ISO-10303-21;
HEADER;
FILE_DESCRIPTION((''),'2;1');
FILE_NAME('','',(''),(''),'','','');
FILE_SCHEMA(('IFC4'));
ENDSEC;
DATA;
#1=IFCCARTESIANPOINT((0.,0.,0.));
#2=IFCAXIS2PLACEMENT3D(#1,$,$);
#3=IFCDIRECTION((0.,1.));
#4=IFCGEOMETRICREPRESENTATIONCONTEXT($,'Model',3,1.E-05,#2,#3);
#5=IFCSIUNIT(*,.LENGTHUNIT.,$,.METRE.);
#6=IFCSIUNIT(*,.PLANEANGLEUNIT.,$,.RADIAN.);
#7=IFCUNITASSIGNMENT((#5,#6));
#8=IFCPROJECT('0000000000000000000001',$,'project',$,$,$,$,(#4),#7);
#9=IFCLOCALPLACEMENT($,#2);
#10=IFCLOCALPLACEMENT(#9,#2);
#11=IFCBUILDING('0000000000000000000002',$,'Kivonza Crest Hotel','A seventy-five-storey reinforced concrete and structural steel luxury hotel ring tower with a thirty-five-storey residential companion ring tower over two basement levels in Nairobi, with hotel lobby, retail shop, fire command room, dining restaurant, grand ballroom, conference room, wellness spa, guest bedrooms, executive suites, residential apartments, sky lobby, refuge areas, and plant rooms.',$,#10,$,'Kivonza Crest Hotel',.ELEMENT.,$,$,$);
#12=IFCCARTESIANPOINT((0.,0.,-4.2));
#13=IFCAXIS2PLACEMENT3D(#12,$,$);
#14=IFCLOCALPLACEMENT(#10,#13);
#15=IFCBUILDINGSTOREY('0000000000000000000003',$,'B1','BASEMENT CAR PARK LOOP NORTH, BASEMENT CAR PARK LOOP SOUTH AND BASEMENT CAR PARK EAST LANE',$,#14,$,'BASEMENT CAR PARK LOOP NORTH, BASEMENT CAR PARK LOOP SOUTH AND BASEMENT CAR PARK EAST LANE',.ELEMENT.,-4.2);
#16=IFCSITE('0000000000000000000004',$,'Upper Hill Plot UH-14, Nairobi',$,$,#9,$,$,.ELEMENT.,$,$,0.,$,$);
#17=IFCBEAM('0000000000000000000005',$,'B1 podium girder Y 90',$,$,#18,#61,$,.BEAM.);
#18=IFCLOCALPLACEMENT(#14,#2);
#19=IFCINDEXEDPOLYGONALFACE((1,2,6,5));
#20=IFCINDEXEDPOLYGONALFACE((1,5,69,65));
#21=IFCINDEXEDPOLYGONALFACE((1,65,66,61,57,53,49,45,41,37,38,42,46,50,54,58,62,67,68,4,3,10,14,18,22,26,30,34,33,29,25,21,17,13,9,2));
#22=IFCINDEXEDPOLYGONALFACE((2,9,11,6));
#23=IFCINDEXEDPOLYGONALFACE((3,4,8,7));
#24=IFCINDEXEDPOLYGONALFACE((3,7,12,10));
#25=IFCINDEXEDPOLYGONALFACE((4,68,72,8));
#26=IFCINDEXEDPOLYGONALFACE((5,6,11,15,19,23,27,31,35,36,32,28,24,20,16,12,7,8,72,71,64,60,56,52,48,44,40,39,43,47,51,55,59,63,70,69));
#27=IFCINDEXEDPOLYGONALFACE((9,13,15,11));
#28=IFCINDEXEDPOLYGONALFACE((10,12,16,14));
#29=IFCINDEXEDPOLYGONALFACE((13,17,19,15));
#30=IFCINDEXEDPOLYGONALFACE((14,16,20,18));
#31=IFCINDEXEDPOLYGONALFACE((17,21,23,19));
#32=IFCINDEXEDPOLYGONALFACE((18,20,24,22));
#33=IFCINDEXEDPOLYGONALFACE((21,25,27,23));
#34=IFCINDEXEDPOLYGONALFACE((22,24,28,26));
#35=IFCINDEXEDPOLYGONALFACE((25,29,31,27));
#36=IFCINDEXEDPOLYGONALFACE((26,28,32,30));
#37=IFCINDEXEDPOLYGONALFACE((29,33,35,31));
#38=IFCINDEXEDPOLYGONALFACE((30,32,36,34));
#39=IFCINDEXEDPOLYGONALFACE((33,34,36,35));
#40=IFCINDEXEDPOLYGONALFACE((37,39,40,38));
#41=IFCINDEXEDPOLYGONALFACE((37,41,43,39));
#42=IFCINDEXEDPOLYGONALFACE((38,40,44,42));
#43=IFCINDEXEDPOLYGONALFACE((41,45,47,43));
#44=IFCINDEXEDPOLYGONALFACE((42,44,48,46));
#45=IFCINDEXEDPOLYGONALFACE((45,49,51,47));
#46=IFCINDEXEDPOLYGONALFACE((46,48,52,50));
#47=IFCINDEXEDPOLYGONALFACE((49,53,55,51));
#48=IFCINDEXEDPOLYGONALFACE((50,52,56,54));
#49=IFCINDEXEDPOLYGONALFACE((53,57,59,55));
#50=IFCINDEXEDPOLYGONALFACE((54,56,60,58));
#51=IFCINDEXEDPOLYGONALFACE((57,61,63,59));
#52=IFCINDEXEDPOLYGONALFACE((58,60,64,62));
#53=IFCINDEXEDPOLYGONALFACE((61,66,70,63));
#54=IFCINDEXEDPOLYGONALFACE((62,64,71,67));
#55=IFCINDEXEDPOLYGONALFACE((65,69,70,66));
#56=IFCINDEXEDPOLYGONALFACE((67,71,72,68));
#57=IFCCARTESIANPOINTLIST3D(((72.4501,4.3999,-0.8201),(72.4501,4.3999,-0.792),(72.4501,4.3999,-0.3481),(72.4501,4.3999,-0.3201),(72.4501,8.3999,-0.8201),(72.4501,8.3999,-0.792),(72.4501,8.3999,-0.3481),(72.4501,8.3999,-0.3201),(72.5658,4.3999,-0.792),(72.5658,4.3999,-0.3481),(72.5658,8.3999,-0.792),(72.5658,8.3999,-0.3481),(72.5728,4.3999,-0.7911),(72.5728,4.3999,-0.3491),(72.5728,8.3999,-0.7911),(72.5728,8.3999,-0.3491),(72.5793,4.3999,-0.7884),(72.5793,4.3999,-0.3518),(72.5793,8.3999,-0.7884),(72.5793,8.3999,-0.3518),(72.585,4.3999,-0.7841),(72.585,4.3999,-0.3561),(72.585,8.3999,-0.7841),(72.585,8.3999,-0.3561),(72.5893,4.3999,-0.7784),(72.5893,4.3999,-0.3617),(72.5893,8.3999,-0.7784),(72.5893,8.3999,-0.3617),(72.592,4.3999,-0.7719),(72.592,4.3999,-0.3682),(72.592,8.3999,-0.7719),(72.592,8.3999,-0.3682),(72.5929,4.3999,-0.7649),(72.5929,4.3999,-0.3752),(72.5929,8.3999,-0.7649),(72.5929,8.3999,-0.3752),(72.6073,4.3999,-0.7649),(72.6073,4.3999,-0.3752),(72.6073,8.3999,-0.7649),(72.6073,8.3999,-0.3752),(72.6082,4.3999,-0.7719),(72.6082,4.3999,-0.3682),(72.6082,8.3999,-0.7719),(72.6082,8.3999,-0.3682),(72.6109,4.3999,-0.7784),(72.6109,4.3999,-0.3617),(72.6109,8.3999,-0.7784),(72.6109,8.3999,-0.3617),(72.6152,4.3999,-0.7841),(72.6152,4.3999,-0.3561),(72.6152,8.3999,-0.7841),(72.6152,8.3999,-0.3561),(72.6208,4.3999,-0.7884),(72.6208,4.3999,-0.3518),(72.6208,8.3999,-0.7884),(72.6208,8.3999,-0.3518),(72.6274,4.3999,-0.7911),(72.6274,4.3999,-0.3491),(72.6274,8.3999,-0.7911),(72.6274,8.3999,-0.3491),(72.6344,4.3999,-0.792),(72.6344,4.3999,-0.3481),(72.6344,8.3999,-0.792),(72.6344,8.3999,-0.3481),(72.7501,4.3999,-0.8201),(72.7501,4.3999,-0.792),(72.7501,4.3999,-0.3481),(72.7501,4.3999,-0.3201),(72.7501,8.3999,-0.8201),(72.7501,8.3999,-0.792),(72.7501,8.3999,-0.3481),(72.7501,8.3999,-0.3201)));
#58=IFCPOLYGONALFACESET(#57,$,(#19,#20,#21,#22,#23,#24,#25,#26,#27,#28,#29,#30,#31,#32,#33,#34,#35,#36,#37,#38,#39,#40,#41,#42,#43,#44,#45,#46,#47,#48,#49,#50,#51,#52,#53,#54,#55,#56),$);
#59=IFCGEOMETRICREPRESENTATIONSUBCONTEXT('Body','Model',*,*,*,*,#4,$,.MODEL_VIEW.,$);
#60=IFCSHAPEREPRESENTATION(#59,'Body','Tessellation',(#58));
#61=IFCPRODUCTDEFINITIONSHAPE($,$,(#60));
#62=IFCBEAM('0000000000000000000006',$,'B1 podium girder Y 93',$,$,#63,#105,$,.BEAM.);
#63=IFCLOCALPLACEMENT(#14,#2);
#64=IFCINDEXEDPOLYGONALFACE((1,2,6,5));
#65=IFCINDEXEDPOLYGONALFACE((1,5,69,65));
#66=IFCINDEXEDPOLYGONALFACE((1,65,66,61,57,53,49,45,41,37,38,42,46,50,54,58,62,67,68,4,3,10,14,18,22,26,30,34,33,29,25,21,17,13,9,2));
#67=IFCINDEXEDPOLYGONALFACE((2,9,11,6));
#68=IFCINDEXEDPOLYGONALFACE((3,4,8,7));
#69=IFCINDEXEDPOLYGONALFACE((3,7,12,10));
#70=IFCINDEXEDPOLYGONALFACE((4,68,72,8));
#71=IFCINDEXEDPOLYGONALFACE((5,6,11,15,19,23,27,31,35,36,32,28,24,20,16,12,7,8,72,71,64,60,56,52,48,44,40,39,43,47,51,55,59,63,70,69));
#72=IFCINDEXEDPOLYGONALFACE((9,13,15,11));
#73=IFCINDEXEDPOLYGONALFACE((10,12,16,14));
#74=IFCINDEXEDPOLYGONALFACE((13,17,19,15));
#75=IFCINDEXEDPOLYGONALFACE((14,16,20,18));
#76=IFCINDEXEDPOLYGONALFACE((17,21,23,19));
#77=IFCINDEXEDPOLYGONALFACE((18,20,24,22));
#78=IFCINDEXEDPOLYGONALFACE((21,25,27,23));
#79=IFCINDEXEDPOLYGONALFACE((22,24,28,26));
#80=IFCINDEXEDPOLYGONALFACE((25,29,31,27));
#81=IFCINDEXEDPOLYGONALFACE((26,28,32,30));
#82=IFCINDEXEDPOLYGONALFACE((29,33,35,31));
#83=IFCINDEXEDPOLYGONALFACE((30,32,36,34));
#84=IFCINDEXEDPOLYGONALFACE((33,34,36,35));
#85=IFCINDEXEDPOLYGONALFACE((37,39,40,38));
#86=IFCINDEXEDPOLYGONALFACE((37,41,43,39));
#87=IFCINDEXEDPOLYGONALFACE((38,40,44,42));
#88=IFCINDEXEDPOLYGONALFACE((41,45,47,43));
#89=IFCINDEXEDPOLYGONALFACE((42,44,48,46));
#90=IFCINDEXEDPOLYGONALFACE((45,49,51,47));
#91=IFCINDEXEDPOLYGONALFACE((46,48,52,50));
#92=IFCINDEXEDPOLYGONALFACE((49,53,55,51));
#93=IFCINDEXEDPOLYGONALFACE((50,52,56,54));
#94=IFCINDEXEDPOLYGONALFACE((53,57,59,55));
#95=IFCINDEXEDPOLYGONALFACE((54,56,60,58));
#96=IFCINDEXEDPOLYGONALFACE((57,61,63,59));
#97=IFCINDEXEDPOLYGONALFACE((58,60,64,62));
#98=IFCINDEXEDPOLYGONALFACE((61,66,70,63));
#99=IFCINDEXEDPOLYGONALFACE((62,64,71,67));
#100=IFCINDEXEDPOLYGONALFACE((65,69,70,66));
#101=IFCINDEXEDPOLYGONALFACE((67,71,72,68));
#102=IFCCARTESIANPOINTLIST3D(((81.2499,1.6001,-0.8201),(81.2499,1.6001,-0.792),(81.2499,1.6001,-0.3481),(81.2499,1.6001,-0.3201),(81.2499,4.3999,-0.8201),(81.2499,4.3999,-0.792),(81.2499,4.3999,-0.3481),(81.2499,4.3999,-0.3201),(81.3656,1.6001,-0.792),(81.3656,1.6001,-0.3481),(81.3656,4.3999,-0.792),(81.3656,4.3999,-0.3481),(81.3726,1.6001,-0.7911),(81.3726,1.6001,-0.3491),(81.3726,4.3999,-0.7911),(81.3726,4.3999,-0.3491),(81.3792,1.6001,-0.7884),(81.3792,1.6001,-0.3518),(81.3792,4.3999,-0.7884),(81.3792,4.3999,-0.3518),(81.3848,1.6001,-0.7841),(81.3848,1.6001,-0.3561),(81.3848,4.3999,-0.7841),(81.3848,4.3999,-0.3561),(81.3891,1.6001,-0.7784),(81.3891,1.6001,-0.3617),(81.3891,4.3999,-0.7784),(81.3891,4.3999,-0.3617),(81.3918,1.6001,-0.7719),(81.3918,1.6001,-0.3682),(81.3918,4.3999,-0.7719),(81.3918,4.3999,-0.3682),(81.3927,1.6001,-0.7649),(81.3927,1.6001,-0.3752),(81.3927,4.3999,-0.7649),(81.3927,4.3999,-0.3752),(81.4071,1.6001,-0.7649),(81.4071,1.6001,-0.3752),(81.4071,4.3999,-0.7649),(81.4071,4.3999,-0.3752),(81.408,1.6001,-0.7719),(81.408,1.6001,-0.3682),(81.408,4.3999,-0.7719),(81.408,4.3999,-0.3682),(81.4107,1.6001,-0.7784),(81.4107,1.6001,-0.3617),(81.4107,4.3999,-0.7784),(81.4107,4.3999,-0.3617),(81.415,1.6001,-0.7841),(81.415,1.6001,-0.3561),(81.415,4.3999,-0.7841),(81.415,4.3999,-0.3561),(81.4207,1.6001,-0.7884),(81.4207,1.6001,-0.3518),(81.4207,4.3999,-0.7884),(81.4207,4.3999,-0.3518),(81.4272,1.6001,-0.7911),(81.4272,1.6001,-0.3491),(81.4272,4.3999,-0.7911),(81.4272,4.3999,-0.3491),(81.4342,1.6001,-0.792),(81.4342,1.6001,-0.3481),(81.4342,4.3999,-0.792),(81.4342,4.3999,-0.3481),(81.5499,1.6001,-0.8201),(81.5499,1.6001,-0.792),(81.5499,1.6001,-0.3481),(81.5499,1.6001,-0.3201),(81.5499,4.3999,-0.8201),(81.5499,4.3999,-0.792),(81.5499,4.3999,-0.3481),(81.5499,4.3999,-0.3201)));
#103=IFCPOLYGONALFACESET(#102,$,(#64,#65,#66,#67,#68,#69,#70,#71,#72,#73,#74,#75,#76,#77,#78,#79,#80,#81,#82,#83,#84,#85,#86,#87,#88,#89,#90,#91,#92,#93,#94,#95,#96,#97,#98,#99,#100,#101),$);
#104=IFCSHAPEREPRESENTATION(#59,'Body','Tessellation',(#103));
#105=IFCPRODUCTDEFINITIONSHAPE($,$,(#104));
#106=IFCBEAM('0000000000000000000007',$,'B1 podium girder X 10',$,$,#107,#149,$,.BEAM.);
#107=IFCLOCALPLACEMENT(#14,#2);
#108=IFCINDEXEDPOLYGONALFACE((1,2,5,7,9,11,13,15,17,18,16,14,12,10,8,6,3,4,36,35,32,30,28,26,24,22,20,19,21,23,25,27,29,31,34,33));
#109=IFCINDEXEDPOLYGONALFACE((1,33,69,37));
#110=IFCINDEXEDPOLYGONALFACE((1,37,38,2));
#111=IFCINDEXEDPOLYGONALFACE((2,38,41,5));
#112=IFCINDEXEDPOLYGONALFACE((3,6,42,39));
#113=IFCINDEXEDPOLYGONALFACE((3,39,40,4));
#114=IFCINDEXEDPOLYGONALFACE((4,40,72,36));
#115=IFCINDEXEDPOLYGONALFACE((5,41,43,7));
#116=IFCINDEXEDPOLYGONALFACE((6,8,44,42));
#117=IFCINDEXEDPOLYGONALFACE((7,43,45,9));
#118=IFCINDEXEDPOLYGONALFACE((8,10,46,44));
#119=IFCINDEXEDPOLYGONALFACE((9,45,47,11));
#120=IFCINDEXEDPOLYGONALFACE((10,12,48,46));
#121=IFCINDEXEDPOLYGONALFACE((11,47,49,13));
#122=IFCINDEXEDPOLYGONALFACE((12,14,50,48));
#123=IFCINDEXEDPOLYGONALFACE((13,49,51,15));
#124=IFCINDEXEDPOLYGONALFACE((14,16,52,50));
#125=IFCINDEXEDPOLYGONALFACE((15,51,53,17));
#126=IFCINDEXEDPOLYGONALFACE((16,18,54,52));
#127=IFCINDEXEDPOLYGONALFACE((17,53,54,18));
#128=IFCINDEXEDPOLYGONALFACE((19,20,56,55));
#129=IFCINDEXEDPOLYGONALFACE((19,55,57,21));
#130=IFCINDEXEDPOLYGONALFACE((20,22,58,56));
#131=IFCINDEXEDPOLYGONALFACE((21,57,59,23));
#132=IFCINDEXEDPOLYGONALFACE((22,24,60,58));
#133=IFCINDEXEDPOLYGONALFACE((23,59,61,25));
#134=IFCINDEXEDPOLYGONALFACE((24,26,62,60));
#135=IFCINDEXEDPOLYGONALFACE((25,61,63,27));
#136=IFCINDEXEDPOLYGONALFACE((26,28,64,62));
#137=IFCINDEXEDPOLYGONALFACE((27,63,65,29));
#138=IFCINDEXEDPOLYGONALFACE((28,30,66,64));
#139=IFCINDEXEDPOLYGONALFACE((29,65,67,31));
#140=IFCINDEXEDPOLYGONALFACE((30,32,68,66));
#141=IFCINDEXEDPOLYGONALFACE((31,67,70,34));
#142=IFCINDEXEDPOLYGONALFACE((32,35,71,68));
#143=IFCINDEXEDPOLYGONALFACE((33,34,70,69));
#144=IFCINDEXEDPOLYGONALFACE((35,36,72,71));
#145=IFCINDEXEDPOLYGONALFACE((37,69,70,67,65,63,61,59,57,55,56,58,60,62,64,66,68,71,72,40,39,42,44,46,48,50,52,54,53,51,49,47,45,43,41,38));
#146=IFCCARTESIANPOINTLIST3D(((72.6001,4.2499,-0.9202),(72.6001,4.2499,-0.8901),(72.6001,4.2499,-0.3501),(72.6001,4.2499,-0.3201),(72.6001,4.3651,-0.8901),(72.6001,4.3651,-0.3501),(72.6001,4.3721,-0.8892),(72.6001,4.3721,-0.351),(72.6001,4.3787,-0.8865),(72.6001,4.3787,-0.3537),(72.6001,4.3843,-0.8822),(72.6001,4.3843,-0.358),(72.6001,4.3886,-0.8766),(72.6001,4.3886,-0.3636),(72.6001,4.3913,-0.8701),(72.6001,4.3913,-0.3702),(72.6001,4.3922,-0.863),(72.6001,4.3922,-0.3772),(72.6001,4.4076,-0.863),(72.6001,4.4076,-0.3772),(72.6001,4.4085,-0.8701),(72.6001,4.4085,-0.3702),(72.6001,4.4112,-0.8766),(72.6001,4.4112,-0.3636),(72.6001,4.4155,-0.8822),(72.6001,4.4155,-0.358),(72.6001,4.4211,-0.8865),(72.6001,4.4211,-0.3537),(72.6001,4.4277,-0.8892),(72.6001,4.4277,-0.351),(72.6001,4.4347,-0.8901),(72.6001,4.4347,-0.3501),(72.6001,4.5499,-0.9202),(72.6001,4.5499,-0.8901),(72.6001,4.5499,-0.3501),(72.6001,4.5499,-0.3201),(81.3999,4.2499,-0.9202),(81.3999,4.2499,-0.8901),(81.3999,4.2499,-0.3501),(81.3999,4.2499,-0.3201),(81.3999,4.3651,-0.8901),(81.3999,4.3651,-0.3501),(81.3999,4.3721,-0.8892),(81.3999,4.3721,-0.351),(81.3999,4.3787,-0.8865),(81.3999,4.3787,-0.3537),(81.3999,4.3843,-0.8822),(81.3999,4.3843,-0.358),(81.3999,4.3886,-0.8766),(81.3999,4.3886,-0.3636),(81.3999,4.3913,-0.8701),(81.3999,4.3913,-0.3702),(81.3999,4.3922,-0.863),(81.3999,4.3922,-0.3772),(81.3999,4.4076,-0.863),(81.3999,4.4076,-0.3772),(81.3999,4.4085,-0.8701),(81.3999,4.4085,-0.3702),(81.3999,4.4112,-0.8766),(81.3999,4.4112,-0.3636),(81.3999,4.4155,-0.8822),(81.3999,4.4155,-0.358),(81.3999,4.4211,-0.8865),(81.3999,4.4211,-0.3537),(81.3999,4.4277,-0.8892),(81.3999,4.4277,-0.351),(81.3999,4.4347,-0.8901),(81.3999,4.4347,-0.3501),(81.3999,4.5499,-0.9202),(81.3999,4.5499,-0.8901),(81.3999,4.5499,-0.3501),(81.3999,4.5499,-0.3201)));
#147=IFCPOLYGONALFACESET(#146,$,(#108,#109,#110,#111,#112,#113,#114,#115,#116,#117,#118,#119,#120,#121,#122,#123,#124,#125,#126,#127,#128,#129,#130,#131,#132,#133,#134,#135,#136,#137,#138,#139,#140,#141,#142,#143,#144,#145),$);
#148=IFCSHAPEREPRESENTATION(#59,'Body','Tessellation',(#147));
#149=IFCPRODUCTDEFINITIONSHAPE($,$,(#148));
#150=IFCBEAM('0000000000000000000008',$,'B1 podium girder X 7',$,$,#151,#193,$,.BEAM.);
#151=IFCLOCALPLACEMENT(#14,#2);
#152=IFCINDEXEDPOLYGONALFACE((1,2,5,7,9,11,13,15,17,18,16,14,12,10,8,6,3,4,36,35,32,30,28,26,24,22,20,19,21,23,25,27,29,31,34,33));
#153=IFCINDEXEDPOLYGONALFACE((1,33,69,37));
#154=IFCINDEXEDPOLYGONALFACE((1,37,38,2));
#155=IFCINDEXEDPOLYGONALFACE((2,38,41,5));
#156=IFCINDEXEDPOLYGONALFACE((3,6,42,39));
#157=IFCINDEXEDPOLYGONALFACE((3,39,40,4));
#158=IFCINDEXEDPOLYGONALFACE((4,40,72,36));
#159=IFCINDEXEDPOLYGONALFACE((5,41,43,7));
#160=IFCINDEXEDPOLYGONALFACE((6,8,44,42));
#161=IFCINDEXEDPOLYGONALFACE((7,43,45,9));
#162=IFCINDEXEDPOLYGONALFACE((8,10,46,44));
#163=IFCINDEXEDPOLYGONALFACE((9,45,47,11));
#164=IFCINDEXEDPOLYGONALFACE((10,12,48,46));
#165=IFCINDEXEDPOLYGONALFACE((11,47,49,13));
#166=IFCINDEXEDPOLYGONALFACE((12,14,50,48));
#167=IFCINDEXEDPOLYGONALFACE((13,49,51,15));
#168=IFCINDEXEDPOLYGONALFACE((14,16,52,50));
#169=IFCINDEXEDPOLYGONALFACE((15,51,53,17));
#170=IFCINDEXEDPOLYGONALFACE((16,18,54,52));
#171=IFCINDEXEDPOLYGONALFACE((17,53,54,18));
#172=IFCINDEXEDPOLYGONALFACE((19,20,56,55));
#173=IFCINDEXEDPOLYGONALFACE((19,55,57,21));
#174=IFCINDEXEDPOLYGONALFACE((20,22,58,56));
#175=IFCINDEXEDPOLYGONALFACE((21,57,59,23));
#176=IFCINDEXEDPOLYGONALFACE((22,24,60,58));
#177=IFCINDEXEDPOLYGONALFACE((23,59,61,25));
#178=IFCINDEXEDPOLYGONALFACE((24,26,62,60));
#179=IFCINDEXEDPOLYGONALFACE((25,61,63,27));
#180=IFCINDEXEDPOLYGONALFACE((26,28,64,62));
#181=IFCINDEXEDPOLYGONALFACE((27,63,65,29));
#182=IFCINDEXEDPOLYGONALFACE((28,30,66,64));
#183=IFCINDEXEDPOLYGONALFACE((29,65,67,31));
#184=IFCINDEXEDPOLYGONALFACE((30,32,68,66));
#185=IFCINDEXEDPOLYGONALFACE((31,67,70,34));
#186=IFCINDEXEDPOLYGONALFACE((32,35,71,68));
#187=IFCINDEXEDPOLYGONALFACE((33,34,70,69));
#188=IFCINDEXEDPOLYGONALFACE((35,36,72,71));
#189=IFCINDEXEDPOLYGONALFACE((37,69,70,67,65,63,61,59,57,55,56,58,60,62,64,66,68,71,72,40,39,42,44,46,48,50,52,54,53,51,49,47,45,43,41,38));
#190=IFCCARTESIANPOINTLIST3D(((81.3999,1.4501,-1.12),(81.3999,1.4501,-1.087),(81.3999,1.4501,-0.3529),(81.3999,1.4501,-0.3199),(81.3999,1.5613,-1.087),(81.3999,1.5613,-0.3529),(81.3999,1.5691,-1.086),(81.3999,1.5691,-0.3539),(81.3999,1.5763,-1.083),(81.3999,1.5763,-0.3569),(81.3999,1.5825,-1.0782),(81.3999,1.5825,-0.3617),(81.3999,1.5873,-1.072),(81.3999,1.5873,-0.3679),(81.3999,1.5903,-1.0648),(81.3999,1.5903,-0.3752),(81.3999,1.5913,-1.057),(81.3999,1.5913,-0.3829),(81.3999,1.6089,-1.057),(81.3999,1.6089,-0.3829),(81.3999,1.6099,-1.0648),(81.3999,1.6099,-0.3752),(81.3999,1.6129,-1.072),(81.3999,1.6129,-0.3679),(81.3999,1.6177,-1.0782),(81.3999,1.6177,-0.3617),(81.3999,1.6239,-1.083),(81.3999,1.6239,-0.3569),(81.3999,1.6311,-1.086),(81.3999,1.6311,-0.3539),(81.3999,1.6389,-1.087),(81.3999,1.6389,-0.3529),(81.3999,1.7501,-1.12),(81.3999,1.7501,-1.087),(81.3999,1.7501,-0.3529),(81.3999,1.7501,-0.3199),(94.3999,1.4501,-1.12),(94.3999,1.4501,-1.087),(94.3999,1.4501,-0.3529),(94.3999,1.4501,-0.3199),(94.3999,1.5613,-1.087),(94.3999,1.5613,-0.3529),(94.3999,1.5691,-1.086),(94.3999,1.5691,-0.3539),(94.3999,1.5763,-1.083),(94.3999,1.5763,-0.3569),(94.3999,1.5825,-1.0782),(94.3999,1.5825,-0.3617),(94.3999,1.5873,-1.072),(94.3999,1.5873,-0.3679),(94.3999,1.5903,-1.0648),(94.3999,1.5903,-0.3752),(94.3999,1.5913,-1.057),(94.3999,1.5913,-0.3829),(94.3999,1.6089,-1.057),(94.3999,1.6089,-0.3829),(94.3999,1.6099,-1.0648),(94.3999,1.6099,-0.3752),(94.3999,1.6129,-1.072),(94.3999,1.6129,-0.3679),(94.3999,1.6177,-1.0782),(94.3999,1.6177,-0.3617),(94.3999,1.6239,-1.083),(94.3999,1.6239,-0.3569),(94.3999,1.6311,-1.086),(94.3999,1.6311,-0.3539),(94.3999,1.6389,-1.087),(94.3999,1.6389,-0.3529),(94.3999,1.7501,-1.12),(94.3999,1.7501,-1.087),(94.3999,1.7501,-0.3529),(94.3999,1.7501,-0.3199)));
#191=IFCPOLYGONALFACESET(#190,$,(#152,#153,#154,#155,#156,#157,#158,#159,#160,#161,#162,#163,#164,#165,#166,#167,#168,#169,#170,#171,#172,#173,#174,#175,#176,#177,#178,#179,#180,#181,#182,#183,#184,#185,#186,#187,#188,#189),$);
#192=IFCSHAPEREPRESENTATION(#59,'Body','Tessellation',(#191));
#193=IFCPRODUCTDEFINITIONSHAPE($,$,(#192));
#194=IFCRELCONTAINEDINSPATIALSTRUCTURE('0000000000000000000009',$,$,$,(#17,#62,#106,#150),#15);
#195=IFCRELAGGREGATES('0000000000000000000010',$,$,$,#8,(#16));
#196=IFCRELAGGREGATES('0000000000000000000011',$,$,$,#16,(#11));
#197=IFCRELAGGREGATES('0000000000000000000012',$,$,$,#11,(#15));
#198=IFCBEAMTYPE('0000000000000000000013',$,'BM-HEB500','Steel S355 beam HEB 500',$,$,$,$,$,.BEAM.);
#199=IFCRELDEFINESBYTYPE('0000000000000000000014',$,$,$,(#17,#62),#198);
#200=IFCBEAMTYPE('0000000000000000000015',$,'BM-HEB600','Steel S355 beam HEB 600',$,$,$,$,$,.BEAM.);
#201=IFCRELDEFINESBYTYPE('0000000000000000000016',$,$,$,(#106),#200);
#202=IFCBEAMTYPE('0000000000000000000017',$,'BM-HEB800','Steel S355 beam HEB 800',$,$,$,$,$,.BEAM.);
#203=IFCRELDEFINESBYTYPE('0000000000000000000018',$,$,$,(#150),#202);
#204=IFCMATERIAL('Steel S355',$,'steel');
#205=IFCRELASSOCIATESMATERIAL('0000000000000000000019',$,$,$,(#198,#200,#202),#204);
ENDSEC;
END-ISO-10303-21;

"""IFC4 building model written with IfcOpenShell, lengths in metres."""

from ifc_helpers import new_model, si_unit, direction, frame, origin, origin_2d, place, context, subcontext, project, spatial, i_section, extrude, material, material_profile, profile_set, type_object, element, save


model = new_model("IFC4")

# Units and contexts
model_context = context("Model", 3, precision=1e-05, world=origin(), true_north=direction((0.0, 1.0)))
body_context = subcontext(model_context, "Body", "Model", "MODEL_VIEW")
ifc_project = project(units=[si_unit("LENGTHUNIT", "METRE"), si_unit("PLANEANGLEUNIT", "RADIAN")], contexts=[model_context])

# Site, building, storey
site_placement = place(None, origin())
site = spatial("IfcSite", under=ifc_project, at=site_placement, Name="Upper Hill Plot UH-14, Nairobi", CompositionType="ELEMENT", RefElevation=0.0)
building_placement = place(site_placement, origin())
building = spatial("IfcBuilding", under=site, at=building_placement, Name="Kivonza Crest Hotel", Description="A seventy-five-storey reinforced concrete and structural steel luxury hotel ring tower with a thirty-five-storey residential companion ring tower over two basement levels in Nairobi, with hotel lobby, retail shop, fire command room, dining restaurant, grand ballroom, conference room, wellness spa, guest bedrooms, executive suites, residential apartments, sky lobby, refuge areas, and plant rooms.", LongName="Kivonza Crest Hotel", CompositionType="ELEMENT")
storey_placement = place(building_placement, frame((0.0, 0.0, -4.2)))
storey = spatial("IfcBuildingStorey", under=building, at=storey_placement, Name="B1", Description="BASEMENT CAR PARK LOOP NORTH, BASEMENT CAR PARK LOOP SOUTH AND BASEMENT CAR PARK EAST LANE", LongName="BASEMENT CAR PARK LOOP NORTH, BASEMENT CAR PARK LOOP SOUTH AND BASEMENT CAR PARK EAST LANE", CompositionType="ELEMENT", Elevation=-4.2)

# Beams
ifc_material_1 = material(Name="Steel S355", Category="steel")
ifc_material_profile_1 = material_profile(ifc_material_1, i_section(OverallWidth=0.3, OverallDepth=0.5, WebThickness=0.0144, FlangeThickness=0.0281, FilletRadius=0.0271, at=origin_2d()), Name="HEB 500")
ifc_profile_set_1 = profile_set([ifc_material_profile_1], Name="Steel S355")
beam_type_1 = type_object("IfcBeamType", Name="BM-HEB500", Description="Steel S355 beam HEB 500", PredefinedType="BEAM", material=ifc_profile_set_1)
beam_1_placement = place(storey_placement, frame((72.6001, 4.3999, -0.5701), z_axis=(0.0, 1.0, 0.0), x_axis=(-1.0, 0.0, 0.0)))
element("IfcBeam", 1, at=beam_1_placement, inside=storey, type_object=beam_type_1, Name="B1 podium girder Y 90", PredefinedType="BEAM", context=body_context, shape_type="SweptSolid", body=[
    extrude(i_section(OverallWidth=0.3, OverallDepth=0.5, WebThickness=0.0144, FlangeThickness=0.0281, FilletRadius=0.0271, at=origin_2d()), origin(), (0.0, 0.0, 1.0), 4.0),
])
beam_2_placement = place(storey_placement, frame((81.3999, 1.6001, -0.5701), z_axis=(0.0, 1.0, 0.0), x_axis=(-1.0, 0.0, 0.0)))
element("IfcBeam", 2, at=beam_2_placement, inside=storey, type_object=beam_type_1, Name="B1 podium girder Y 93", PredefinedType="BEAM", context=body_context, shape_type="SweptSolid", body=[
    extrude(i_section(OverallWidth=0.3, OverallDepth=0.5, WebThickness=0.0144, FlangeThickness=0.0281, FilletRadius=0.0271, at=origin_2d()), origin(), (0.0, 0.0, 1.0), 2.7998),
])
ifc_material_profile_2 = material_profile(ifc_material_1, i_section(OverallWidth=0.3, OverallDepth=0.6001, WebThickness=0.0154, FlangeThickness=0.03, FilletRadius=0.0271, at=origin_2d()), Name="HEB 600")
ifc_profile_set_2 = profile_set([ifc_material_profile_2], Name="Steel S355")
beam_type_2 = type_object("IfcBeamType", Name="BM-HEB600", Description="Steel S355 beam HEB 600", PredefinedType="BEAM", material=ifc_profile_set_2)
beam_3_placement = place(storey_placement, frame((72.6001, 4.3999, -0.6201), z_axis=(1.0, 0.0, 0.0), x_axis=(0.0, 1.0, 0.0)))
element("IfcBeam", 3, at=beam_3_placement, inside=storey, type_object=beam_type_2, Name="B1 podium girder X 10", PredefinedType="BEAM", context=body_context, shape_type="SweptSolid", body=[
    extrude(i_section(OverallWidth=0.3, OverallDepth=0.6001, WebThickness=0.0154, FlangeThickness=0.03, FilletRadius=0.0271, at=origin_2d()), origin(), (0.0, 0.0, 1.0), 8.7998),
])
ifc_material_profile_3 = material_profile(ifc_material_1, i_section(OverallWidth=0.3, OverallDepth=0.8, WebThickness=0.0176, FlangeThickness=0.033, FilletRadius=0.03, at=origin_2d()), Name="HEB 800")
ifc_profile_set_3 = profile_set([ifc_material_profile_3], Name="Steel S355")
beam_type_3 = type_object("IfcBeamType", Name="BM-HEB800", Description="Steel S355 beam HEB 800", PredefinedType="BEAM", material=ifc_profile_set_3)
for number, where, z_axis, x_axis, name in (
    (4, (81.3999, 1.6001, -0.72), (1.0, 0.0, 0.0), (0.0, 1.0, 0.0), "B1 podium girder X 7"),
):
    element("IfcBeam", number, at=place(storey_placement, frame(where, z_axis=z_axis, x_axis=x_axis)), inside=storey, type_object=beam_type_3, Name=name, PredefinedType="BEAM", context=body_context, shape_type="SweptSolid", body=[
        extrude(i_section(OverallWidth=0.3, OverallDepth=0.8, WebThickness=0.0176, FlangeThickness=0.033, FilletRadius=0.03, at=origin_2d()), origin(), (0.0, 0.0, 1.0), 13.0),
    ])

save(model, "model.ifc")
